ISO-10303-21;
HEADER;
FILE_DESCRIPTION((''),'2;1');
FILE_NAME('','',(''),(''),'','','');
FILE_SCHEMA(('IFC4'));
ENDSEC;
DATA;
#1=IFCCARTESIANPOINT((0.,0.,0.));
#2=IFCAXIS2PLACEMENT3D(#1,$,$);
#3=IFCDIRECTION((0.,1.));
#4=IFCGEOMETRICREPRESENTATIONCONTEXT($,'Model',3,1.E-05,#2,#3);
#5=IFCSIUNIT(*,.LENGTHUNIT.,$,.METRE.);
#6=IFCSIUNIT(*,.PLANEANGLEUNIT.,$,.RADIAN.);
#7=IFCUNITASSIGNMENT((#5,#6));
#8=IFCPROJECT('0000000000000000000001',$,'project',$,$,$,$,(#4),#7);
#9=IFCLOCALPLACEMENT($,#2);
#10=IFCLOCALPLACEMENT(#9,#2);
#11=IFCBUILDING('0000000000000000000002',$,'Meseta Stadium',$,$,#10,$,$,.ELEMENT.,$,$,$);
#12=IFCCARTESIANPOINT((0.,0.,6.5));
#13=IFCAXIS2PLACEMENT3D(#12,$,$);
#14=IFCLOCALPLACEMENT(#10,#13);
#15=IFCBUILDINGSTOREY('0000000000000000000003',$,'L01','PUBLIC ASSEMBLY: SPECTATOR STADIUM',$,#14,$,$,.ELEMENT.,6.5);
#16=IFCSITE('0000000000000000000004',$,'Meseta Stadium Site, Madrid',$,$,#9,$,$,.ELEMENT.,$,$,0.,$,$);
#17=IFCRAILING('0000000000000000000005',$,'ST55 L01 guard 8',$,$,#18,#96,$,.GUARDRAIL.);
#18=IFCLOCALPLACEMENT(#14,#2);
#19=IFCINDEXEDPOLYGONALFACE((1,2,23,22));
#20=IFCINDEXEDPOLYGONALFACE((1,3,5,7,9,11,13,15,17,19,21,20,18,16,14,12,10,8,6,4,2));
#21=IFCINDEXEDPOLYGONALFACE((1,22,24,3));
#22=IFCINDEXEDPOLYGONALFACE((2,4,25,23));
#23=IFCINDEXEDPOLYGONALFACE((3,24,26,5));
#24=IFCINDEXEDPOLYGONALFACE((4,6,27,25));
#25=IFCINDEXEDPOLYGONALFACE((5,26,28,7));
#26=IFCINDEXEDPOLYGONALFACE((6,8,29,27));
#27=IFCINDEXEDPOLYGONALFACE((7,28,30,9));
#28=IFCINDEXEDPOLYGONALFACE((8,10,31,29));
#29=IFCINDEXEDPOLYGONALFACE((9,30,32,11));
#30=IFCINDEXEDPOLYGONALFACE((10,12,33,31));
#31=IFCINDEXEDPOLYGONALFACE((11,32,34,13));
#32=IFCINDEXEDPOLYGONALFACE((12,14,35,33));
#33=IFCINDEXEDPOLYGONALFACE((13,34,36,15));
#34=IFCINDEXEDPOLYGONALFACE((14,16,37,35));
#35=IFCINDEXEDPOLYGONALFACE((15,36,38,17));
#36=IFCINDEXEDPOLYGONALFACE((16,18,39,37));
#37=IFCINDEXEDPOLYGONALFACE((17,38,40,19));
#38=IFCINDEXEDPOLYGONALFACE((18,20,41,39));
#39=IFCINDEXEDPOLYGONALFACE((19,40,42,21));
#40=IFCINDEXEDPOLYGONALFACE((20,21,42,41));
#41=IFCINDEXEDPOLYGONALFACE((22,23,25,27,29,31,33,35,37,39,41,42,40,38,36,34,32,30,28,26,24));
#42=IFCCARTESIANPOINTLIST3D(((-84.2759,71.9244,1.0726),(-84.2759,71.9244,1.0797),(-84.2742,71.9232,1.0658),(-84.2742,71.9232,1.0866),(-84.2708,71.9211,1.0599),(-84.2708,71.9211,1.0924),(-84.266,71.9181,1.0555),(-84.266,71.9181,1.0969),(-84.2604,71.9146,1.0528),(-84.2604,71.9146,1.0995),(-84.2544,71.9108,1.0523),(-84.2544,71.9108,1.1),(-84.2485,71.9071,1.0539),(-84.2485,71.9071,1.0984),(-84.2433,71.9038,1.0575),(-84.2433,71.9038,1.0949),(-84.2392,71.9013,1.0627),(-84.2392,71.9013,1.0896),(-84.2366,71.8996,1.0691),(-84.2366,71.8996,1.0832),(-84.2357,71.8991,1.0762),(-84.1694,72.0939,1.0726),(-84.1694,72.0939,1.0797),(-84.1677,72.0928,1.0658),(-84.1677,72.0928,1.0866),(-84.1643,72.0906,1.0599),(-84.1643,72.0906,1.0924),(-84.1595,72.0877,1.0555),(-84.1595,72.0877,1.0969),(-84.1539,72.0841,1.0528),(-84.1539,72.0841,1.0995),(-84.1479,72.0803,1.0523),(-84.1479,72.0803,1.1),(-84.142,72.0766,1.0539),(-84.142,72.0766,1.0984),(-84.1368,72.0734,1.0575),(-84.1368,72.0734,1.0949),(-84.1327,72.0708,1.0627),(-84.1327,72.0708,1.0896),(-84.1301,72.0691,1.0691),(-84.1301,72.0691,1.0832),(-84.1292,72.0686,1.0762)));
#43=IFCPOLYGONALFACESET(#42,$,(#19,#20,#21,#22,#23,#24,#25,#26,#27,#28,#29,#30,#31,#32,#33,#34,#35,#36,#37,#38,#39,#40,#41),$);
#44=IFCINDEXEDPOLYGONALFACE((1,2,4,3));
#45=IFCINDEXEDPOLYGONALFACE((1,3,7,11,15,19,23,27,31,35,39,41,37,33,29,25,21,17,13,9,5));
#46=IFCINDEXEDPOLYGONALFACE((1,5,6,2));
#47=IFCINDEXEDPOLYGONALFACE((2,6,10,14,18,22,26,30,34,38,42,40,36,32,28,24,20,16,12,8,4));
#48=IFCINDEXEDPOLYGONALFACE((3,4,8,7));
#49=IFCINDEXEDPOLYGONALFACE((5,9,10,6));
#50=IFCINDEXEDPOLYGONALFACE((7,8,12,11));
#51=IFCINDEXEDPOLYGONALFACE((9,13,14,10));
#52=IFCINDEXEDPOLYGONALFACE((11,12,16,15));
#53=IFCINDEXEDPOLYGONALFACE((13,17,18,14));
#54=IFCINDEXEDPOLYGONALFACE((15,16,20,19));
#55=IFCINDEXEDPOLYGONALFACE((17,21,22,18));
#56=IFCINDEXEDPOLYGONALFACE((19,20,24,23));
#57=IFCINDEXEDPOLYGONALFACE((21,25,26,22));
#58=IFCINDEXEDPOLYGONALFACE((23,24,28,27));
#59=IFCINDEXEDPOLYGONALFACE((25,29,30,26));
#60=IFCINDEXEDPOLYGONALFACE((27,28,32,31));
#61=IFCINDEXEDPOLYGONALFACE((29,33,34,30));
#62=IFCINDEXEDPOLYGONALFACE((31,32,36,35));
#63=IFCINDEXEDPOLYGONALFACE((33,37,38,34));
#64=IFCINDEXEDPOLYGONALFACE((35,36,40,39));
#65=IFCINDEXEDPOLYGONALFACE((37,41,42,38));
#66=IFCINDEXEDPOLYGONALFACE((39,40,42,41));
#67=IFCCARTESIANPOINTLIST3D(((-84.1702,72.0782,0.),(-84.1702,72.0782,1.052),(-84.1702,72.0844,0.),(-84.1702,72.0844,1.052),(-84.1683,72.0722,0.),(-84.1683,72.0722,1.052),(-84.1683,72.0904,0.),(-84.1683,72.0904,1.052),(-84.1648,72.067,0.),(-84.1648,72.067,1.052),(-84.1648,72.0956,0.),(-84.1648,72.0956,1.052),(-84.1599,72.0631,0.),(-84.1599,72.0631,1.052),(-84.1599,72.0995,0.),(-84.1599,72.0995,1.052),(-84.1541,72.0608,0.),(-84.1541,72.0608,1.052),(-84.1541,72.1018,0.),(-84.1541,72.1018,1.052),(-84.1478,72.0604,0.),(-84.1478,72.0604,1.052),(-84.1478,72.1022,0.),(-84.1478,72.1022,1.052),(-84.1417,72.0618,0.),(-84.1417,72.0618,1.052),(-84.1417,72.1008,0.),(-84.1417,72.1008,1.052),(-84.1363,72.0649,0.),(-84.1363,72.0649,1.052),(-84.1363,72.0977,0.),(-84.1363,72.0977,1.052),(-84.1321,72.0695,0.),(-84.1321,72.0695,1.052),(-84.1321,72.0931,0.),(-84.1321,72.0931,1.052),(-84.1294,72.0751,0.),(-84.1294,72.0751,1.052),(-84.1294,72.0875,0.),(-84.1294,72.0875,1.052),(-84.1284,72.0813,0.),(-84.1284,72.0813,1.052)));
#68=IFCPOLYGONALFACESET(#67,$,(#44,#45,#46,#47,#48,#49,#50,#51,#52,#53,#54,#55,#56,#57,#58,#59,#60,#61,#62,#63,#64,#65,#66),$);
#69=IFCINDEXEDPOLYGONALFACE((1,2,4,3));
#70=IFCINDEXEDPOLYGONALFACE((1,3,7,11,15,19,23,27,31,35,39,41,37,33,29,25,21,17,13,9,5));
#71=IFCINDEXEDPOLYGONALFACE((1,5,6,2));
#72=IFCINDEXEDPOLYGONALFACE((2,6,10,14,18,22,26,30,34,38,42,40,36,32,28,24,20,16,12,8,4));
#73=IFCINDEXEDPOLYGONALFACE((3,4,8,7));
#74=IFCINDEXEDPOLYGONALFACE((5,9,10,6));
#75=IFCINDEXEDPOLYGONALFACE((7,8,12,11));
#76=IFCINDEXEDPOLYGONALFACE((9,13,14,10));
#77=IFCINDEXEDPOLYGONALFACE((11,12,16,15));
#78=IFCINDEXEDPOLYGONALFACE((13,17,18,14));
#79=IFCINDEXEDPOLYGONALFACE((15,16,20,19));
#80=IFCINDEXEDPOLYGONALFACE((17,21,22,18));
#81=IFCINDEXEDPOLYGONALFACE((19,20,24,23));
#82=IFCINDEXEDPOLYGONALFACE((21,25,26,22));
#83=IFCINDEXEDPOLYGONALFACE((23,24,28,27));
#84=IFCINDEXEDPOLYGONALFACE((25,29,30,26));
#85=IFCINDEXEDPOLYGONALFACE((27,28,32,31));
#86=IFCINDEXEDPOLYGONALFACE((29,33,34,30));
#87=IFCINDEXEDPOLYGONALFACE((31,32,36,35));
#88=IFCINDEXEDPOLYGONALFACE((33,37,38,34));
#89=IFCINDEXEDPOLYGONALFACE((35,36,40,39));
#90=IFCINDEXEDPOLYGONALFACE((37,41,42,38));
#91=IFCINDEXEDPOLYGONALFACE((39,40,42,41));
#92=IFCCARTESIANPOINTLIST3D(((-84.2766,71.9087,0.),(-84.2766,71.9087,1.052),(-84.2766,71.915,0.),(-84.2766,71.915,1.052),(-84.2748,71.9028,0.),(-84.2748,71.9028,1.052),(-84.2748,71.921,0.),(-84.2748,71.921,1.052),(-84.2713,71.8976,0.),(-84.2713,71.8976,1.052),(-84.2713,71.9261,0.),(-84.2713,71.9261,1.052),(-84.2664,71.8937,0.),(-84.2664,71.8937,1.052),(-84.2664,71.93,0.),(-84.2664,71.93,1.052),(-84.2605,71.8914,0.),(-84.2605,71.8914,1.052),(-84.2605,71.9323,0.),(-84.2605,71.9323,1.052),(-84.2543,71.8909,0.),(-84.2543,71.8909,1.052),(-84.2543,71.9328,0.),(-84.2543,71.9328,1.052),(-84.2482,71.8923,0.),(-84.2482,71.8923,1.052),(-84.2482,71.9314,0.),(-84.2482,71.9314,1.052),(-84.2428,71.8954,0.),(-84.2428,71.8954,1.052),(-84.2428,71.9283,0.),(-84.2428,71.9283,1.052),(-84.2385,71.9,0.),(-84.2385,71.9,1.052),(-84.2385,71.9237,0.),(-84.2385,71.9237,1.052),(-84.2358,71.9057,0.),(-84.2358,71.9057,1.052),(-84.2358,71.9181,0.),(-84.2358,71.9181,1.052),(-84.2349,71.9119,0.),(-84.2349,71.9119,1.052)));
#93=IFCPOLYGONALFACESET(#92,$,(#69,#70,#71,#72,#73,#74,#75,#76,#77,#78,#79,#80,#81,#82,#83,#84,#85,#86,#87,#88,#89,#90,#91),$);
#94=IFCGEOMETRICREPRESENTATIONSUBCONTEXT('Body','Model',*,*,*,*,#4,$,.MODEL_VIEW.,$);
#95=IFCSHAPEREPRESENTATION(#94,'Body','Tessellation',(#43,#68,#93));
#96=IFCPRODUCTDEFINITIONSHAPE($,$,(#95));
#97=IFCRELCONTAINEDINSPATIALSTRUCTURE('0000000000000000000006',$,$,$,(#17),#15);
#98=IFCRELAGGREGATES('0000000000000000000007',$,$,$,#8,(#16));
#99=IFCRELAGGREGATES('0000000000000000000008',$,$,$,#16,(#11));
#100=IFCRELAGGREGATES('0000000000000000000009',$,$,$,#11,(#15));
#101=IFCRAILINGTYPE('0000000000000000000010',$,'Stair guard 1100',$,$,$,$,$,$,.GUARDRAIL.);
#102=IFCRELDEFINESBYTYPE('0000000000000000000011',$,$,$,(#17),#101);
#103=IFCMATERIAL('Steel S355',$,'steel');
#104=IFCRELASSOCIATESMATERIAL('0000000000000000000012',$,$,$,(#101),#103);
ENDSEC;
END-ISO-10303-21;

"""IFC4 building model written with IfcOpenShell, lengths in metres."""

from ifc_helpers import new_model, si_unit, direction, frame, origin, origin_2d, place, context, subcontext, project, spatial, circle, extrude, material, type_object, element, save


model = new_model("IFC4")

# Units and contexts
model_context = context("Model", 3, precision=1e-05, world=origin(), true_north=direction((0.0, 1.0)))
body_context = subcontext(model_context, "Body", "Model", "MODEL_VIEW")
ifc_project = project(units=[si_unit("LENGTHUNIT", "METRE"), si_unit("PLANEANGLEUNIT", "RADIAN")], contexts=[model_context])

# Site, building, storey
site_placement = place(None, origin())
site = spatial("IfcSite", under=ifc_project, at=site_placement, Name="Meseta Stadium Site, Madrid", CompositionType="ELEMENT", RefElevation=0.0)
building_placement = place(site_placement, origin())
building = spatial("IfcBuilding", under=site, at=building_placement, Name="Meseta Stadium", CompositionType="ELEMENT")
storey_placement = place(building_placement, frame((0.0, 0.0, 6.5)))
storey = spatial("IfcBuildingStorey", under=building, at=storey_placement, Name="L01", Description="PUBLIC ASSEMBLY: SPECTATOR STADIUM", CompositionType="ELEMENT", Elevation=6.5)

# Railing
ifc_material_1 = material(Name="Steel S355", Category="steel")
railing_type_1 = type_object("IfcRailingType", Name="Stair guard 1100", PredefinedType="GUARDRAIL", material=ifc_material_1)
for number, where, name in (
    (1, (-84.1494, 72.0813, 0.0), "ST55 L01 guard 8"),
):
    element("IfcRailing", number, at=place(storey_placement, frame(where)), inside=storey, type_object=railing_type_1, Name=name, PredefinedType="GUARDRAIL", context=body_context, shape_type="SweptSolid", body=[
        extrude(circle(Radius=0.0239, at=origin_2d()), frame((0.0, 0.0, 1.0762), z_axis=(-0.531972, -0.846762, 0.0), x_axis=(0.846762, -0.531972, 0.0)), (0.0, 0.0, 1.0), 0.2002),
        extrude(circle(Radius=0.021, at=origin_2d()), origin(), (0.0, 0.0, 1.0), 1.052),
        extrude(circle(Radius=0.021, at=origin_2d()), frame((-0.1064, -0.1694, 0.0)), (0.0, 0.0, 1.0), 1.052),
    ])

save(model, "model.ifc")
